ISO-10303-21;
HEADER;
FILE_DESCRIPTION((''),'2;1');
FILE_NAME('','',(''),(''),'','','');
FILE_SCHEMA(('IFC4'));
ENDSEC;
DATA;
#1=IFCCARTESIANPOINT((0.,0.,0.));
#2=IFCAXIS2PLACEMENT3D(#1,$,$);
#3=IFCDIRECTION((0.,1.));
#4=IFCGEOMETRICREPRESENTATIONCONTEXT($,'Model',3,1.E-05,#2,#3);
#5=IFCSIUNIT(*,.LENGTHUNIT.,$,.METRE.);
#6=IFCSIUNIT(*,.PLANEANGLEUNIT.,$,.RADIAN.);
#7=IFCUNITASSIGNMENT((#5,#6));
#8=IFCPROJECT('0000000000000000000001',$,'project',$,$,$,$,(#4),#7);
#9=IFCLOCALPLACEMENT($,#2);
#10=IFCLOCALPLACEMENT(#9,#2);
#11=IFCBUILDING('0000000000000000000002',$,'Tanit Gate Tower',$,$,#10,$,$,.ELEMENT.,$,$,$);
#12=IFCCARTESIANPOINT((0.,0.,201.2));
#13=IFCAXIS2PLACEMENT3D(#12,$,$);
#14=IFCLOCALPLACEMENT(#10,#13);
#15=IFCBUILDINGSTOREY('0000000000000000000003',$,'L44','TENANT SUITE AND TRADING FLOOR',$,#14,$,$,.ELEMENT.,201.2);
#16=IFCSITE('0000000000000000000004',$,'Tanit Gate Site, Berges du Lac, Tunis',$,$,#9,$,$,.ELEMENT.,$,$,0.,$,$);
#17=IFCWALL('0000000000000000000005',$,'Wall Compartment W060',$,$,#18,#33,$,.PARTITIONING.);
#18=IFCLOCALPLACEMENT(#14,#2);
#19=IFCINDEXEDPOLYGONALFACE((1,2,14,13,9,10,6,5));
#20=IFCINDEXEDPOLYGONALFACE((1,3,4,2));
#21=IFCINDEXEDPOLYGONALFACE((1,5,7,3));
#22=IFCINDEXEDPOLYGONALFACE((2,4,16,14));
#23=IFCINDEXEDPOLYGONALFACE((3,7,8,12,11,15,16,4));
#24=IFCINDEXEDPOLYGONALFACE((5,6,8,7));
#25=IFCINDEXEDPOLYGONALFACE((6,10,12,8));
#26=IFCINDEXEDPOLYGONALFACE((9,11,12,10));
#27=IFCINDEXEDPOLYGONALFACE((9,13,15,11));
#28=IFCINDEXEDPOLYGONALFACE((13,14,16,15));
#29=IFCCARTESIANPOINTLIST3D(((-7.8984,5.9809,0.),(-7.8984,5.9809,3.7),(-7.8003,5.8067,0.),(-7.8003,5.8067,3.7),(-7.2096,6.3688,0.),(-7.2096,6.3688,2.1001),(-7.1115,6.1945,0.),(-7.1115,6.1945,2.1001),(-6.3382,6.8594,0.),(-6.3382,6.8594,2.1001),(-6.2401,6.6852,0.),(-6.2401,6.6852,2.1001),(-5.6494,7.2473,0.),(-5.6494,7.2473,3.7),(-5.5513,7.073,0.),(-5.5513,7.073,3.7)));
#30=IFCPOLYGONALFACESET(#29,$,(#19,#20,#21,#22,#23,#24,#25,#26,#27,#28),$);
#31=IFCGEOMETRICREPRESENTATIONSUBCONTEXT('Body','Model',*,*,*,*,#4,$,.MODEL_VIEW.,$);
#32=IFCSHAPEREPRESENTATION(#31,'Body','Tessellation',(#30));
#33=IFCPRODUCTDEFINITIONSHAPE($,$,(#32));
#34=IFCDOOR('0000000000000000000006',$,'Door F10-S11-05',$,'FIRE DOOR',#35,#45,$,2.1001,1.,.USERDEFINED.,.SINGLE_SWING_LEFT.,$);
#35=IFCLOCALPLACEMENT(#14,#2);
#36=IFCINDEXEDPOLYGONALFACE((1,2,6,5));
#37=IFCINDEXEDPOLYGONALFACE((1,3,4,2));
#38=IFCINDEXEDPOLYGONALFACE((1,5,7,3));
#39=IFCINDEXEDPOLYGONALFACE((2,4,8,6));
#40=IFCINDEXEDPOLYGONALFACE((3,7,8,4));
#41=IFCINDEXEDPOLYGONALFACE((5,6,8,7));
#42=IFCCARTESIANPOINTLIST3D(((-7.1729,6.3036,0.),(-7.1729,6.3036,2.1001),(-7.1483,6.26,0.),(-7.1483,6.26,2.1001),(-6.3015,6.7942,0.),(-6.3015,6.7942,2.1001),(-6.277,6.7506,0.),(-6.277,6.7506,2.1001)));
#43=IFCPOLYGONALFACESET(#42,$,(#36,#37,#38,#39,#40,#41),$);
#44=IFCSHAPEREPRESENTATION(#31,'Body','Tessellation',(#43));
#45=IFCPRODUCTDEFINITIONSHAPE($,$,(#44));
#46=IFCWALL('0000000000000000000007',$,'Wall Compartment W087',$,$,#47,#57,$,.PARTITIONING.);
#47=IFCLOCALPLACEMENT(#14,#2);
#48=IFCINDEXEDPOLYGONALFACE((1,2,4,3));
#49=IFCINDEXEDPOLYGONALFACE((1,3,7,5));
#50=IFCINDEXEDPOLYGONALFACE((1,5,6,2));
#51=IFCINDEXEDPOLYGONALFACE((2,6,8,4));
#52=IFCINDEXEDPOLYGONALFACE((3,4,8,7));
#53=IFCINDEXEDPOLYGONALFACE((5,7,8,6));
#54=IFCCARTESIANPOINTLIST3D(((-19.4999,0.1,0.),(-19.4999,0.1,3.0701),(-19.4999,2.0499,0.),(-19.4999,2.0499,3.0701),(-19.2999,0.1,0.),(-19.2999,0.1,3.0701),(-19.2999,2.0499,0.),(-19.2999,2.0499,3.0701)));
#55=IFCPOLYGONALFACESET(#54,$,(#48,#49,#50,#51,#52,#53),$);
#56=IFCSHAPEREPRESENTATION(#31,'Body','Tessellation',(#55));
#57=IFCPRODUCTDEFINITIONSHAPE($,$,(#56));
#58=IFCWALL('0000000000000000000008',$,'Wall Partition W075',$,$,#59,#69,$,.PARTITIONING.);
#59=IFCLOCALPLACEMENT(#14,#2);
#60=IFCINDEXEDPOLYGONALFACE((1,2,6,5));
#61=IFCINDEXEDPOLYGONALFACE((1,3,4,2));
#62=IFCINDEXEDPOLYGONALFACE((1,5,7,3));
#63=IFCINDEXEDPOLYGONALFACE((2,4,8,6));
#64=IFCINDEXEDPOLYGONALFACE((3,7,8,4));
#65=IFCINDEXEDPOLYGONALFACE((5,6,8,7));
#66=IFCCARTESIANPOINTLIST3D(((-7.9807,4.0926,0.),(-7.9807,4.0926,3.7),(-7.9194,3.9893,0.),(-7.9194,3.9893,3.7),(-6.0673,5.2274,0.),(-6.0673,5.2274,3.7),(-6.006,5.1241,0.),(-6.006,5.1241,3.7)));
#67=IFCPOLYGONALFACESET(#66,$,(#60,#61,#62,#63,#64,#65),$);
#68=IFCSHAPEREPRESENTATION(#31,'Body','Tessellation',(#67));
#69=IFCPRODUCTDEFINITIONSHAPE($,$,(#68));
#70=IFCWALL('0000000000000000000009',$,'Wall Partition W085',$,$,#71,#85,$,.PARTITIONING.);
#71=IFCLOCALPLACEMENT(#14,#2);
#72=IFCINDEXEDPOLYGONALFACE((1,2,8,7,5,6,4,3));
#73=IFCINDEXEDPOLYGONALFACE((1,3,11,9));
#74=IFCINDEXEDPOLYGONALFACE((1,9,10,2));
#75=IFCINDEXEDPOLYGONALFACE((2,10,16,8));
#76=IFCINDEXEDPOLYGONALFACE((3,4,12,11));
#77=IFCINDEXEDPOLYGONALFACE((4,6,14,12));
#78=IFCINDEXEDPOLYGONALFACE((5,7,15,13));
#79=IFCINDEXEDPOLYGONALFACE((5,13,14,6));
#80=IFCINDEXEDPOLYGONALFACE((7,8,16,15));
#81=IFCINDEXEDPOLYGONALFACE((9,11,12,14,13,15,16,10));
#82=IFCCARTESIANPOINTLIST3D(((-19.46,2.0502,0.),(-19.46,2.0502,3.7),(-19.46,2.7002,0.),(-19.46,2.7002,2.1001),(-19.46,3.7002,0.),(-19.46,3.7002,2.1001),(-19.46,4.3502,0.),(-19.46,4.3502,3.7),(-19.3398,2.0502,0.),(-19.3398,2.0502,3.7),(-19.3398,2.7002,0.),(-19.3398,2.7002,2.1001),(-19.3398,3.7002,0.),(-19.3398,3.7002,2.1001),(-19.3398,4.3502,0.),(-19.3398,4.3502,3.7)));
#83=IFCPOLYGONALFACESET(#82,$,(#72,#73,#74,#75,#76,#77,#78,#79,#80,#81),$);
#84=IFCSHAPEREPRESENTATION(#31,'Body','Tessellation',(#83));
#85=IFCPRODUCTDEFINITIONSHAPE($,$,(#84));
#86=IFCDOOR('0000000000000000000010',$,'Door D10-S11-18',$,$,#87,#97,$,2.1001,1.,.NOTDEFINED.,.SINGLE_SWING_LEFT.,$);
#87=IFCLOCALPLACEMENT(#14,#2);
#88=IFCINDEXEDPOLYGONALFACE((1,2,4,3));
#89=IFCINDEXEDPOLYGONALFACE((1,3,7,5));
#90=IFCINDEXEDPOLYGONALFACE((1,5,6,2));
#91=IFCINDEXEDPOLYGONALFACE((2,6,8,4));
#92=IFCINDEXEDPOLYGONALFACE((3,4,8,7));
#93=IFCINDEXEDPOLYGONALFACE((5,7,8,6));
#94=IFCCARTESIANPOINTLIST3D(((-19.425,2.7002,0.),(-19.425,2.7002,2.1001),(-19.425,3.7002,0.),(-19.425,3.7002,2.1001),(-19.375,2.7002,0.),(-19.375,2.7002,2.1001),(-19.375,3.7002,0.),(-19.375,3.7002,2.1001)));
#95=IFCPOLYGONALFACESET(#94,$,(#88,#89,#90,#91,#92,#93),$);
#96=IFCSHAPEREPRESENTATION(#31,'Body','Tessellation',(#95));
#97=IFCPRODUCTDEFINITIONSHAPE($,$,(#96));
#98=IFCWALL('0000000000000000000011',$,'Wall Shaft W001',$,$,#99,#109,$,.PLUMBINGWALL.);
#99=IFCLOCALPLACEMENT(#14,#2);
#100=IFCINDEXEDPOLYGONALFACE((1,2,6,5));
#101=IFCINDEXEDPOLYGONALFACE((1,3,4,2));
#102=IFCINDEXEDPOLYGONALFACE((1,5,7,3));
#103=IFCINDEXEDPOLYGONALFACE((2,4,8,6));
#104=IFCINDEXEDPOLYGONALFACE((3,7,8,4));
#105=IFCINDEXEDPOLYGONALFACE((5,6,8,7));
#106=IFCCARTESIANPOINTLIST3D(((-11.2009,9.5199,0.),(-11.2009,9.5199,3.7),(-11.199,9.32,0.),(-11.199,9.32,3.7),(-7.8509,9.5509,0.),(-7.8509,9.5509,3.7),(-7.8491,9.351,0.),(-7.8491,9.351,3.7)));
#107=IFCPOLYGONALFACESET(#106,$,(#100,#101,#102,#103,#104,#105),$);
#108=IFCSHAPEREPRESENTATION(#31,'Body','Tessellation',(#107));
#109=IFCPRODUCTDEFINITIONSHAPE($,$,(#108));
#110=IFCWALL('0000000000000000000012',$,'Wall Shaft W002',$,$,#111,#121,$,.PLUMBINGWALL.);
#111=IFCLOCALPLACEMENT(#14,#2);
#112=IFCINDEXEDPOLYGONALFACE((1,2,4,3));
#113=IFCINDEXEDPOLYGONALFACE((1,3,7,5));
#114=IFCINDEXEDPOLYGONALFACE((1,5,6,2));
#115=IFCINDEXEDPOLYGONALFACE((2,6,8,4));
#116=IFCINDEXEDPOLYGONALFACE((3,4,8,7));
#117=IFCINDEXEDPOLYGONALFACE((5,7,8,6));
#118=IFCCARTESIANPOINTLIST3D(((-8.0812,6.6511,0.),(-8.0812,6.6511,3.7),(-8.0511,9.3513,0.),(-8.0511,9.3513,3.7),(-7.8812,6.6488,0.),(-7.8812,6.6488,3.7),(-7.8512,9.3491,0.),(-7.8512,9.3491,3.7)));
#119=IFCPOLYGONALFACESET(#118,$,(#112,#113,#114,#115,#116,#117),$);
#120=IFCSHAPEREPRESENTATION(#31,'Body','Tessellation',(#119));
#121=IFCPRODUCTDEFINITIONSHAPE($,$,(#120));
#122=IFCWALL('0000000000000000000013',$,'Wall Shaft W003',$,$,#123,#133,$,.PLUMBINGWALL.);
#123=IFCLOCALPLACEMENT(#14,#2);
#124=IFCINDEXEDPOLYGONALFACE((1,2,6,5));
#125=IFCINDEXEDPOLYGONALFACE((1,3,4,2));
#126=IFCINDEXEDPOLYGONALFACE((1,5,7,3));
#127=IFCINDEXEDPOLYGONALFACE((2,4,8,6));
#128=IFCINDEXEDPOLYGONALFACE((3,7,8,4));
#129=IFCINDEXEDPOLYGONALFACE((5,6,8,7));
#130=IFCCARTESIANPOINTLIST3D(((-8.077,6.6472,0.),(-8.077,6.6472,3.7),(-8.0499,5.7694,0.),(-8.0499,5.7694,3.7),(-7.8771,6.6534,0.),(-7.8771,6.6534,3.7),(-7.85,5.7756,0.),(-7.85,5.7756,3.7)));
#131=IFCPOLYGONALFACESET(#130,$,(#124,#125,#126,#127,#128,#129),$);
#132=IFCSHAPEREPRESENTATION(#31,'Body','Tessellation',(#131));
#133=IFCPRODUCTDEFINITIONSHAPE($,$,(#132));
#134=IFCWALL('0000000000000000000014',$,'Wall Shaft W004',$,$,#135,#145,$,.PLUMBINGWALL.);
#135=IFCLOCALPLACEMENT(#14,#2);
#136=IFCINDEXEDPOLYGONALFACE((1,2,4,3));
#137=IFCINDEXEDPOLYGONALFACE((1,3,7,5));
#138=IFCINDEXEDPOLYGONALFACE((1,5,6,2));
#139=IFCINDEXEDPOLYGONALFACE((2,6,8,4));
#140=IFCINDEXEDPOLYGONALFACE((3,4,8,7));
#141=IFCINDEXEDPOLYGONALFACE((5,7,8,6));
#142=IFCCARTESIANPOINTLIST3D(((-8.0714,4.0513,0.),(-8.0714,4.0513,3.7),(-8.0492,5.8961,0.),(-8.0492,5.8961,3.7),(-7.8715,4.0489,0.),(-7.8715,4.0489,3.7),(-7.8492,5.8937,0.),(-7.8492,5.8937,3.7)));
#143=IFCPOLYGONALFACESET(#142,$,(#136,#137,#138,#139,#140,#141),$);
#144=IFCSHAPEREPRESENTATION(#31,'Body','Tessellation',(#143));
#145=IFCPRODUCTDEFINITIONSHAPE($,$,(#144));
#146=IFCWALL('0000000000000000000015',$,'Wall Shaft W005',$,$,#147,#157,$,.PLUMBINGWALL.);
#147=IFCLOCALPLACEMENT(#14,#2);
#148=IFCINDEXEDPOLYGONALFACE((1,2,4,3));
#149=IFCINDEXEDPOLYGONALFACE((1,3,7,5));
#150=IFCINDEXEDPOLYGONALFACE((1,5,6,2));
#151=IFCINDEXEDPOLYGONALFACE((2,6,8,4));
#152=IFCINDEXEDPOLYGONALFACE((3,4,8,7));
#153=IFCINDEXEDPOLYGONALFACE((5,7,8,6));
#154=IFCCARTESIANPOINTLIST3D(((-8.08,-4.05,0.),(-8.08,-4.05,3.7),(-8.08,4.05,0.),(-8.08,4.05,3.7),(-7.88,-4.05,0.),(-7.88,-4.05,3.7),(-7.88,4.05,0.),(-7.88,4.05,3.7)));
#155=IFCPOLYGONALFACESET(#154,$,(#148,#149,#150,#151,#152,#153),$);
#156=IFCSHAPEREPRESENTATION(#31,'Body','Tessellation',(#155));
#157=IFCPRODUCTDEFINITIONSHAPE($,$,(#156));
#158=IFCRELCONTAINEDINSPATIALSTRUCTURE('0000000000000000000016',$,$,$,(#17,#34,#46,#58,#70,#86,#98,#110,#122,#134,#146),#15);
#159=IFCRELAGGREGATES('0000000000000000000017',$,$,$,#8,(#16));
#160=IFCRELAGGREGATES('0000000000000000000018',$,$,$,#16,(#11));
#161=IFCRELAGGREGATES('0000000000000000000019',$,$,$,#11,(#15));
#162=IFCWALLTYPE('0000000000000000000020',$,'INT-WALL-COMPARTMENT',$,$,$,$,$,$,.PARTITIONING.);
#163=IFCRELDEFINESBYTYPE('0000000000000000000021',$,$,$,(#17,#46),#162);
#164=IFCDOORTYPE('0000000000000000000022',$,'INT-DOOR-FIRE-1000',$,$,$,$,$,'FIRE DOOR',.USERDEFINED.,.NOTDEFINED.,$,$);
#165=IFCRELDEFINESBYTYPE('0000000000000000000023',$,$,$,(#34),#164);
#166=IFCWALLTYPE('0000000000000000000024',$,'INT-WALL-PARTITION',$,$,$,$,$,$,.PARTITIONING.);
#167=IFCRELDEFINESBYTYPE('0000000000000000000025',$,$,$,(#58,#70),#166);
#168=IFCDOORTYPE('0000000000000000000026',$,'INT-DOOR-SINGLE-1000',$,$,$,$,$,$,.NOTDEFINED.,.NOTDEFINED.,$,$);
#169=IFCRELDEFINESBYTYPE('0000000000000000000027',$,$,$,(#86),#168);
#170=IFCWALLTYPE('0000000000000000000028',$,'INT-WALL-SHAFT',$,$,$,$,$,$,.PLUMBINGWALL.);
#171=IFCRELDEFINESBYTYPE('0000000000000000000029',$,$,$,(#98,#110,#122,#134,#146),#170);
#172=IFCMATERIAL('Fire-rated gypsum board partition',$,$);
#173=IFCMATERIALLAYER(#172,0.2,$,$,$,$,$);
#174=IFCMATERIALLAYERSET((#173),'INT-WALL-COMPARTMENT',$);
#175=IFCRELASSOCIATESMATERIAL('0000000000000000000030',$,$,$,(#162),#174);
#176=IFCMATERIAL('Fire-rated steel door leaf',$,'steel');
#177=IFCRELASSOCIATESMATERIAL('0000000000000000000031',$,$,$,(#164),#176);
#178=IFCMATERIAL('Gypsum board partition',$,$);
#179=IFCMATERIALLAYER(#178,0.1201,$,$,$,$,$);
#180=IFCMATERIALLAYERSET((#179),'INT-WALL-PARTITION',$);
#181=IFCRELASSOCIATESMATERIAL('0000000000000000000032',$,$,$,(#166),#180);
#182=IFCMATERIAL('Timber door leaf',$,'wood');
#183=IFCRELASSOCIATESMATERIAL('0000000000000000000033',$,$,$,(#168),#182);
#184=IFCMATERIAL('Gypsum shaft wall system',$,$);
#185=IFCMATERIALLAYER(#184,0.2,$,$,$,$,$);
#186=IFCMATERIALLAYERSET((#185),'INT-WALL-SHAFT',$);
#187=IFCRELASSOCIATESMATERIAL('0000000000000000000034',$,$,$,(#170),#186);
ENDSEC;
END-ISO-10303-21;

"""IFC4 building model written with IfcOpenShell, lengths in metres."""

from ifc_helpers import new_model, si_unit, direction, frame, frame_2d, origin, place, context, subcontext, project, spatial, rectangle, extrude, material, layer, layer_set, type_object, element, fill, save


model = new_model("IFC4")

# Units and contexts
model_context = context("Model", 3, precision=1e-05, world=origin(), true_north=direction((0.0, 1.0)))
body_context = subcontext(model_context, "Body", "Model", "MODEL_VIEW")
ifc_project = project(units=[si_unit("LENGTHUNIT", "METRE"), si_unit("PLANEANGLEUNIT", "RADIAN")], contexts=[model_context])

# Site, building, storey
site_placement = place(None, origin())
site = spatial("IfcSite", under=ifc_project, at=site_placement, Name="Tanit Gate Site, Berges du Lac, Tunis", CompositionType="ELEMENT", RefElevation=0.0)
building_placement = place(site_placement, origin())
building = spatial("IfcBuilding", under=site, at=building_placement, Name="Tanit Gate Tower", CompositionType="ELEMENT")
storey_placement = place(building_placement, frame((0.0, 0.0, 201.2)))
storey = spatial("IfcBuildingStorey", under=building, at=storey_placement, Name="L44", Description="TENANT SUITE AND TRADING FLOOR", CompositionType="ELEMENT", Elevation=201.2)

# Wall, opening, door
ifc_material_1 = material(Name="Fire-rated gypsum board partition")
ifc_layer_1 = layer(ifc_material_1, 0.2)
ifc_layer_set_1 = layer_set([ifc_layer_1], Name="INT-WALL-COMPARTMENT")
wall_type_1 = type_object("IfcWallType", Name="INT-WALL-COMPARTMENT", PredefinedType="PARTITIONING", material=ifc_layer_set_1)
wall_1_placement = place(storey_placement, frame((-5.6003, 7.1602, 0.0), z_axis=(0.0, 0.0, 1.0), x_axis=(-0.871363, -0.490638, 0.0)))
wall_1 = element("IfcWall", 1, at=wall_1_placement, inside=storey, type_object=wall_type_1, Name="Wall Compartment W060", PredefinedType="PARTITIONING", context=body_context, shape_type="SweptSolid", body=[
    extrude(rectangle(XDim=2.5811, YDim=0.2, at=frame_2d((1.2905, 0.0))), origin(), (0.0, 0.0, 1.0), 3.7),
])
opening_1_placement = place(wall_1_placement, frame((0.7905, 0.0, 0.0)))
opening_1 = element("IfcOpeningElement", 2, at=opening_1_placement, cuts=wall_1, PredefinedType="OPENING", context=body_context, shape_type="SweptSolid", body=[
    extrude(rectangle(XDim=1.0, YDim=2.1001, at=frame_2d((0.5, 1.05))), frame((0.0, 0.1099, 0.0), z_axis=(0.0, -1.0, 0.0), x_axis=(1.0, 0.0, 0.0)), (0.0, 0.0, 1.0), 0.22),
])
ifc_material_2 = material(Name="Fire-rated steel door leaf", Category="steel")
door_type_1 = type_object("IfcDoorType", Name="INT-DOOR-FIRE-1000", ElementType="FIRE DOOR", OperationType="NOTDEFINED", PredefinedType="USERDEFINED", material=ifc_material_2)
door_1_placement = place(opening_1_placement, origin())
door_1 = element("IfcDoor", 3, at=door_1_placement, inside=storey, type_object=door_type_1, Name="Door F10-S11-05", ObjectType="FIRE DOOR", OperationType="SINGLE_SWING_LEFT", OverallHeight=2.1001, OverallWidth=1.0, PredefinedType="USERDEFINED", context=body_context, shape_type="SweptSolid", body=[
    extrude(rectangle(XDim=1.0, YDim=2.1001, at=frame_2d((0.5, 1.05))), frame((0.0, 0.0249, 0.0), z_axis=(0.0, -1.0, 0.0), x_axis=(1.0, 0.0, 0.0)), (0.0, 0.0, 1.0), 0.05),
])
fill(opening_1, door_1)

# Walls
wall_2_placement = place(storey_placement, frame((-19.3999, 2.05, 0.0), z_axis=(0.0, 0.0, 1.0), x_axis=(0.0, -1.0, 0.0)))
element("IfcWall", 4, at=wall_2_placement, inside=storey, type_object=wall_type_1, Name="Wall Compartment W087", PredefinedType="PARTITIONING", context=body_context, shape_type="SweptSolid", body=[
    extrude(rectangle(XDim=1.95, YDim=0.2, at=frame_2d((0.9751, 0.0))), origin(), (0.0, 0.0, 1.0), 3.0701),
])
ifc_material_3 = material(Name="Gypsum board partition")
ifc_layer_2 = layer(ifc_material_3, 0.1201)
ifc_layer_set_2 = layer_set([ifc_layer_2], Name="INT-WALL-PARTITION")
wall_type_2 = type_object("IfcWallType", Name="INT-WALL-PARTITION", PredefinedType="PARTITIONING", material=ifc_layer_set_2)
wall_3_placement = place(storey_placement, frame((-6.0366, 5.1758, 0.0), z_axis=(0.0, 0.0, 1.0), x_axis=(-0.860106, -0.510115, 0.0)))
element("IfcWall", 5, at=wall_3_placement, inside=storey, type_object=wall_type_2, Name="Wall Partition W075", PredefinedType="PARTITIONING", context=body_context, shape_type="SweptSolid", body=[
    extrude(rectangle(XDim=2.2246, YDim=0.1201, at=frame_2d((1.1123, 0.0))), origin(), (0.0, 0.0, 1.0), 3.7),
])

# Wall, opening, door
wall_4_placement = place(storey_placement, frame((-19.3999, 4.3501, 0.0), z_axis=(0.0, 0.0, 1.0), x_axis=(0.0, -1.0, 0.0)))
wall_4 = element("IfcWall", 6, at=wall_4_placement, inside=storey, type_object=wall_type_2, Name="Wall Partition W085", PredefinedType="PARTITIONING", context=body_context, shape_type="SweptSolid", body=[
    extrude(rectangle(XDim=2.3, YDim=0.1201, at=frame_2d((1.1499, 0.0))), origin(), (0.0, 0.0, 1.0), 3.7),
])
opening_2_placement = place(wall_4_placement, frame((0.6499, 0.0, 0.0)))
opening_2 = element("IfcOpeningElement", 7, at=opening_2_placement, cuts=wall_4, PredefinedType="OPENING", context=body_context, shape_type="SweptSolid", body=[
    extrude(rectangle(XDim=1.0, YDim=2.1001, at=frame_2d((0.5, 1.05))), frame((0.0, 0.0701, 0.0), z_axis=(0.0, -1.0, 0.0), x_axis=(1.0, 0.0, 0.0)), (0.0, 0.0, 1.0), 0.1401),
])
ifc_material_4 = material(Name="Timber door leaf", Category="wood")
door_type_2 = type_object("IfcDoorType", Name="INT-DOOR-SINGLE-1000", OperationType="NOTDEFINED", PredefinedType="NOTDEFINED", material=ifc_material_4)
door_2_placement = place(opening_2_placement, origin())
door_2 = element("IfcDoor", 8, at=door_2_placement, inside=storey, type_object=door_type_2, Name="Door D10-S11-18", OperationType="SINGLE_SWING_LEFT", OverallHeight=2.1001, OverallWidth=1.0, PredefinedType="NOTDEFINED", context=body_context, shape_type="SweptSolid", body=[
    extrude(rectangle(XDim=1.0, YDim=2.1001, at=frame_2d((0.5, 1.05))), frame((0.0, 0.0249, 0.0), z_axis=(0.0, -1.0, 0.0), x_axis=(1.0, 0.0, 0.0)), (0.0, 0.0, 1.0), 0.05),
])
fill(opening_2, door_2)

# Walls
ifc_material_5 = material(Name="Gypsum shaft wall system")
ifc_layer_3 = layer(ifc_material_5, 0.2)
ifc_layer_set_3 = layer_set([ifc_layer_3], Name="INT-WALL-SHAFT")
wall_type_3 = type_object("IfcWallType", Name="INT-WALL-SHAFT", PredefinedType="PLUMBINGWALL", material=ifc_layer_set_3)
wall_5_placement = place(storey_placement, frame((-11.2, 9.4199, 0.0), z_axis=(0.0, 0.0, 1.0), x_axis=(0.999957, 0.009255, 0.0)))
element("IfcWall", 9, at=wall_5_placement, inside=storey, type_object=wall_type_3, Name="Wall Shaft W001", PredefinedType="PLUMBINGWALL", context=body_context, shape_type="SweptSolid", body=[
    extrude(rectangle(XDim=3.3501, YDim=0.2, at=frame_2d((1.675, 0.0))), origin(), (0.0, 0.0, 1.0), 3.7),
])
wall_6_placement = place(storey_placement, frame((-7.9512, 9.3501, 0.0), z_axis=(0.0, 0.0, 1.0), x_axis=(-0.01112, -0.999938, 0.0)))
element("IfcWall", 10, at=wall_6_placement, inside=storey, type_object=wall_type_3, Name="Wall Shaft W002", PredefinedType="PLUMBINGWALL", context=body_context, shape_type="SweptSolid", body=[
    extrude(rectangle(XDim=2.7004, YDim=0.2, at=frame_2d((1.3501, 0.0))), origin(), (0.0, 0.0, 1.0), 3.7),
])
wall_7_placement = place(storey_placement, frame((-7.9771, 6.6501, 0.0), z_axis=(0.0, 0.0, 1.0), x_axis=(0.030862, -0.999524, 0.0)))
element("IfcWall", 11, at=wall_7_placement, inside=storey, type_object=wall_type_3, Name="Wall Shaft W003", PredefinedType="PLUMBINGWALL", context=body_context, shape_type="SweptSolid", body=[
    extrude(rectangle(XDim=0.8782, YDim=0.2, at=frame_2d((0.439, 0.0))), origin(), (0.0, 0.0, 1.0), 3.7),
])
wall_8_placement = place(storey_placement, frame((-7.9492, 5.8948, 0.0), z_axis=(0.0, 0.0, 1.0), x_axis=(-0.012043, -0.999927, 0.0)))
element("IfcWall", 12, at=wall_8_placement, inside=storey, type_object=wall_type_3, Name="Wall Shaft W004", PredefinedType="PLUMBINGWALL", context=body_context, shape_type="SweptSolid", body=[
    extrude(rectangle(XDim=1.845, YDim=0.2, at=frame_2d((0.9224, 0.0))), origin(), (0.0, 0.0, 1.0), 3.7),
])
wall_9_placement = place(storey_placement, frame((-7.98, 4.05, 0.0), z_axis=(0.0, 0.0, 1.0), x_axis=(0.0, -1.0, 0.0)))
element("IfcWall", 13, at=wall_9_placement, inside=storey, type_object=wall_type_3, Name="Wall Shaft W005", PredefinedType="PLUMBINGWALL", context=body_context, shape_type="SweptSolid", body=[
    extrude(rectangle(XDim=8.1001, YDim=0.2, at=frame_2d((4.05, 0.0))), origin(), (0.0, 0.0, 1.0), 3.7),
])

save(model, "model.ifc")
